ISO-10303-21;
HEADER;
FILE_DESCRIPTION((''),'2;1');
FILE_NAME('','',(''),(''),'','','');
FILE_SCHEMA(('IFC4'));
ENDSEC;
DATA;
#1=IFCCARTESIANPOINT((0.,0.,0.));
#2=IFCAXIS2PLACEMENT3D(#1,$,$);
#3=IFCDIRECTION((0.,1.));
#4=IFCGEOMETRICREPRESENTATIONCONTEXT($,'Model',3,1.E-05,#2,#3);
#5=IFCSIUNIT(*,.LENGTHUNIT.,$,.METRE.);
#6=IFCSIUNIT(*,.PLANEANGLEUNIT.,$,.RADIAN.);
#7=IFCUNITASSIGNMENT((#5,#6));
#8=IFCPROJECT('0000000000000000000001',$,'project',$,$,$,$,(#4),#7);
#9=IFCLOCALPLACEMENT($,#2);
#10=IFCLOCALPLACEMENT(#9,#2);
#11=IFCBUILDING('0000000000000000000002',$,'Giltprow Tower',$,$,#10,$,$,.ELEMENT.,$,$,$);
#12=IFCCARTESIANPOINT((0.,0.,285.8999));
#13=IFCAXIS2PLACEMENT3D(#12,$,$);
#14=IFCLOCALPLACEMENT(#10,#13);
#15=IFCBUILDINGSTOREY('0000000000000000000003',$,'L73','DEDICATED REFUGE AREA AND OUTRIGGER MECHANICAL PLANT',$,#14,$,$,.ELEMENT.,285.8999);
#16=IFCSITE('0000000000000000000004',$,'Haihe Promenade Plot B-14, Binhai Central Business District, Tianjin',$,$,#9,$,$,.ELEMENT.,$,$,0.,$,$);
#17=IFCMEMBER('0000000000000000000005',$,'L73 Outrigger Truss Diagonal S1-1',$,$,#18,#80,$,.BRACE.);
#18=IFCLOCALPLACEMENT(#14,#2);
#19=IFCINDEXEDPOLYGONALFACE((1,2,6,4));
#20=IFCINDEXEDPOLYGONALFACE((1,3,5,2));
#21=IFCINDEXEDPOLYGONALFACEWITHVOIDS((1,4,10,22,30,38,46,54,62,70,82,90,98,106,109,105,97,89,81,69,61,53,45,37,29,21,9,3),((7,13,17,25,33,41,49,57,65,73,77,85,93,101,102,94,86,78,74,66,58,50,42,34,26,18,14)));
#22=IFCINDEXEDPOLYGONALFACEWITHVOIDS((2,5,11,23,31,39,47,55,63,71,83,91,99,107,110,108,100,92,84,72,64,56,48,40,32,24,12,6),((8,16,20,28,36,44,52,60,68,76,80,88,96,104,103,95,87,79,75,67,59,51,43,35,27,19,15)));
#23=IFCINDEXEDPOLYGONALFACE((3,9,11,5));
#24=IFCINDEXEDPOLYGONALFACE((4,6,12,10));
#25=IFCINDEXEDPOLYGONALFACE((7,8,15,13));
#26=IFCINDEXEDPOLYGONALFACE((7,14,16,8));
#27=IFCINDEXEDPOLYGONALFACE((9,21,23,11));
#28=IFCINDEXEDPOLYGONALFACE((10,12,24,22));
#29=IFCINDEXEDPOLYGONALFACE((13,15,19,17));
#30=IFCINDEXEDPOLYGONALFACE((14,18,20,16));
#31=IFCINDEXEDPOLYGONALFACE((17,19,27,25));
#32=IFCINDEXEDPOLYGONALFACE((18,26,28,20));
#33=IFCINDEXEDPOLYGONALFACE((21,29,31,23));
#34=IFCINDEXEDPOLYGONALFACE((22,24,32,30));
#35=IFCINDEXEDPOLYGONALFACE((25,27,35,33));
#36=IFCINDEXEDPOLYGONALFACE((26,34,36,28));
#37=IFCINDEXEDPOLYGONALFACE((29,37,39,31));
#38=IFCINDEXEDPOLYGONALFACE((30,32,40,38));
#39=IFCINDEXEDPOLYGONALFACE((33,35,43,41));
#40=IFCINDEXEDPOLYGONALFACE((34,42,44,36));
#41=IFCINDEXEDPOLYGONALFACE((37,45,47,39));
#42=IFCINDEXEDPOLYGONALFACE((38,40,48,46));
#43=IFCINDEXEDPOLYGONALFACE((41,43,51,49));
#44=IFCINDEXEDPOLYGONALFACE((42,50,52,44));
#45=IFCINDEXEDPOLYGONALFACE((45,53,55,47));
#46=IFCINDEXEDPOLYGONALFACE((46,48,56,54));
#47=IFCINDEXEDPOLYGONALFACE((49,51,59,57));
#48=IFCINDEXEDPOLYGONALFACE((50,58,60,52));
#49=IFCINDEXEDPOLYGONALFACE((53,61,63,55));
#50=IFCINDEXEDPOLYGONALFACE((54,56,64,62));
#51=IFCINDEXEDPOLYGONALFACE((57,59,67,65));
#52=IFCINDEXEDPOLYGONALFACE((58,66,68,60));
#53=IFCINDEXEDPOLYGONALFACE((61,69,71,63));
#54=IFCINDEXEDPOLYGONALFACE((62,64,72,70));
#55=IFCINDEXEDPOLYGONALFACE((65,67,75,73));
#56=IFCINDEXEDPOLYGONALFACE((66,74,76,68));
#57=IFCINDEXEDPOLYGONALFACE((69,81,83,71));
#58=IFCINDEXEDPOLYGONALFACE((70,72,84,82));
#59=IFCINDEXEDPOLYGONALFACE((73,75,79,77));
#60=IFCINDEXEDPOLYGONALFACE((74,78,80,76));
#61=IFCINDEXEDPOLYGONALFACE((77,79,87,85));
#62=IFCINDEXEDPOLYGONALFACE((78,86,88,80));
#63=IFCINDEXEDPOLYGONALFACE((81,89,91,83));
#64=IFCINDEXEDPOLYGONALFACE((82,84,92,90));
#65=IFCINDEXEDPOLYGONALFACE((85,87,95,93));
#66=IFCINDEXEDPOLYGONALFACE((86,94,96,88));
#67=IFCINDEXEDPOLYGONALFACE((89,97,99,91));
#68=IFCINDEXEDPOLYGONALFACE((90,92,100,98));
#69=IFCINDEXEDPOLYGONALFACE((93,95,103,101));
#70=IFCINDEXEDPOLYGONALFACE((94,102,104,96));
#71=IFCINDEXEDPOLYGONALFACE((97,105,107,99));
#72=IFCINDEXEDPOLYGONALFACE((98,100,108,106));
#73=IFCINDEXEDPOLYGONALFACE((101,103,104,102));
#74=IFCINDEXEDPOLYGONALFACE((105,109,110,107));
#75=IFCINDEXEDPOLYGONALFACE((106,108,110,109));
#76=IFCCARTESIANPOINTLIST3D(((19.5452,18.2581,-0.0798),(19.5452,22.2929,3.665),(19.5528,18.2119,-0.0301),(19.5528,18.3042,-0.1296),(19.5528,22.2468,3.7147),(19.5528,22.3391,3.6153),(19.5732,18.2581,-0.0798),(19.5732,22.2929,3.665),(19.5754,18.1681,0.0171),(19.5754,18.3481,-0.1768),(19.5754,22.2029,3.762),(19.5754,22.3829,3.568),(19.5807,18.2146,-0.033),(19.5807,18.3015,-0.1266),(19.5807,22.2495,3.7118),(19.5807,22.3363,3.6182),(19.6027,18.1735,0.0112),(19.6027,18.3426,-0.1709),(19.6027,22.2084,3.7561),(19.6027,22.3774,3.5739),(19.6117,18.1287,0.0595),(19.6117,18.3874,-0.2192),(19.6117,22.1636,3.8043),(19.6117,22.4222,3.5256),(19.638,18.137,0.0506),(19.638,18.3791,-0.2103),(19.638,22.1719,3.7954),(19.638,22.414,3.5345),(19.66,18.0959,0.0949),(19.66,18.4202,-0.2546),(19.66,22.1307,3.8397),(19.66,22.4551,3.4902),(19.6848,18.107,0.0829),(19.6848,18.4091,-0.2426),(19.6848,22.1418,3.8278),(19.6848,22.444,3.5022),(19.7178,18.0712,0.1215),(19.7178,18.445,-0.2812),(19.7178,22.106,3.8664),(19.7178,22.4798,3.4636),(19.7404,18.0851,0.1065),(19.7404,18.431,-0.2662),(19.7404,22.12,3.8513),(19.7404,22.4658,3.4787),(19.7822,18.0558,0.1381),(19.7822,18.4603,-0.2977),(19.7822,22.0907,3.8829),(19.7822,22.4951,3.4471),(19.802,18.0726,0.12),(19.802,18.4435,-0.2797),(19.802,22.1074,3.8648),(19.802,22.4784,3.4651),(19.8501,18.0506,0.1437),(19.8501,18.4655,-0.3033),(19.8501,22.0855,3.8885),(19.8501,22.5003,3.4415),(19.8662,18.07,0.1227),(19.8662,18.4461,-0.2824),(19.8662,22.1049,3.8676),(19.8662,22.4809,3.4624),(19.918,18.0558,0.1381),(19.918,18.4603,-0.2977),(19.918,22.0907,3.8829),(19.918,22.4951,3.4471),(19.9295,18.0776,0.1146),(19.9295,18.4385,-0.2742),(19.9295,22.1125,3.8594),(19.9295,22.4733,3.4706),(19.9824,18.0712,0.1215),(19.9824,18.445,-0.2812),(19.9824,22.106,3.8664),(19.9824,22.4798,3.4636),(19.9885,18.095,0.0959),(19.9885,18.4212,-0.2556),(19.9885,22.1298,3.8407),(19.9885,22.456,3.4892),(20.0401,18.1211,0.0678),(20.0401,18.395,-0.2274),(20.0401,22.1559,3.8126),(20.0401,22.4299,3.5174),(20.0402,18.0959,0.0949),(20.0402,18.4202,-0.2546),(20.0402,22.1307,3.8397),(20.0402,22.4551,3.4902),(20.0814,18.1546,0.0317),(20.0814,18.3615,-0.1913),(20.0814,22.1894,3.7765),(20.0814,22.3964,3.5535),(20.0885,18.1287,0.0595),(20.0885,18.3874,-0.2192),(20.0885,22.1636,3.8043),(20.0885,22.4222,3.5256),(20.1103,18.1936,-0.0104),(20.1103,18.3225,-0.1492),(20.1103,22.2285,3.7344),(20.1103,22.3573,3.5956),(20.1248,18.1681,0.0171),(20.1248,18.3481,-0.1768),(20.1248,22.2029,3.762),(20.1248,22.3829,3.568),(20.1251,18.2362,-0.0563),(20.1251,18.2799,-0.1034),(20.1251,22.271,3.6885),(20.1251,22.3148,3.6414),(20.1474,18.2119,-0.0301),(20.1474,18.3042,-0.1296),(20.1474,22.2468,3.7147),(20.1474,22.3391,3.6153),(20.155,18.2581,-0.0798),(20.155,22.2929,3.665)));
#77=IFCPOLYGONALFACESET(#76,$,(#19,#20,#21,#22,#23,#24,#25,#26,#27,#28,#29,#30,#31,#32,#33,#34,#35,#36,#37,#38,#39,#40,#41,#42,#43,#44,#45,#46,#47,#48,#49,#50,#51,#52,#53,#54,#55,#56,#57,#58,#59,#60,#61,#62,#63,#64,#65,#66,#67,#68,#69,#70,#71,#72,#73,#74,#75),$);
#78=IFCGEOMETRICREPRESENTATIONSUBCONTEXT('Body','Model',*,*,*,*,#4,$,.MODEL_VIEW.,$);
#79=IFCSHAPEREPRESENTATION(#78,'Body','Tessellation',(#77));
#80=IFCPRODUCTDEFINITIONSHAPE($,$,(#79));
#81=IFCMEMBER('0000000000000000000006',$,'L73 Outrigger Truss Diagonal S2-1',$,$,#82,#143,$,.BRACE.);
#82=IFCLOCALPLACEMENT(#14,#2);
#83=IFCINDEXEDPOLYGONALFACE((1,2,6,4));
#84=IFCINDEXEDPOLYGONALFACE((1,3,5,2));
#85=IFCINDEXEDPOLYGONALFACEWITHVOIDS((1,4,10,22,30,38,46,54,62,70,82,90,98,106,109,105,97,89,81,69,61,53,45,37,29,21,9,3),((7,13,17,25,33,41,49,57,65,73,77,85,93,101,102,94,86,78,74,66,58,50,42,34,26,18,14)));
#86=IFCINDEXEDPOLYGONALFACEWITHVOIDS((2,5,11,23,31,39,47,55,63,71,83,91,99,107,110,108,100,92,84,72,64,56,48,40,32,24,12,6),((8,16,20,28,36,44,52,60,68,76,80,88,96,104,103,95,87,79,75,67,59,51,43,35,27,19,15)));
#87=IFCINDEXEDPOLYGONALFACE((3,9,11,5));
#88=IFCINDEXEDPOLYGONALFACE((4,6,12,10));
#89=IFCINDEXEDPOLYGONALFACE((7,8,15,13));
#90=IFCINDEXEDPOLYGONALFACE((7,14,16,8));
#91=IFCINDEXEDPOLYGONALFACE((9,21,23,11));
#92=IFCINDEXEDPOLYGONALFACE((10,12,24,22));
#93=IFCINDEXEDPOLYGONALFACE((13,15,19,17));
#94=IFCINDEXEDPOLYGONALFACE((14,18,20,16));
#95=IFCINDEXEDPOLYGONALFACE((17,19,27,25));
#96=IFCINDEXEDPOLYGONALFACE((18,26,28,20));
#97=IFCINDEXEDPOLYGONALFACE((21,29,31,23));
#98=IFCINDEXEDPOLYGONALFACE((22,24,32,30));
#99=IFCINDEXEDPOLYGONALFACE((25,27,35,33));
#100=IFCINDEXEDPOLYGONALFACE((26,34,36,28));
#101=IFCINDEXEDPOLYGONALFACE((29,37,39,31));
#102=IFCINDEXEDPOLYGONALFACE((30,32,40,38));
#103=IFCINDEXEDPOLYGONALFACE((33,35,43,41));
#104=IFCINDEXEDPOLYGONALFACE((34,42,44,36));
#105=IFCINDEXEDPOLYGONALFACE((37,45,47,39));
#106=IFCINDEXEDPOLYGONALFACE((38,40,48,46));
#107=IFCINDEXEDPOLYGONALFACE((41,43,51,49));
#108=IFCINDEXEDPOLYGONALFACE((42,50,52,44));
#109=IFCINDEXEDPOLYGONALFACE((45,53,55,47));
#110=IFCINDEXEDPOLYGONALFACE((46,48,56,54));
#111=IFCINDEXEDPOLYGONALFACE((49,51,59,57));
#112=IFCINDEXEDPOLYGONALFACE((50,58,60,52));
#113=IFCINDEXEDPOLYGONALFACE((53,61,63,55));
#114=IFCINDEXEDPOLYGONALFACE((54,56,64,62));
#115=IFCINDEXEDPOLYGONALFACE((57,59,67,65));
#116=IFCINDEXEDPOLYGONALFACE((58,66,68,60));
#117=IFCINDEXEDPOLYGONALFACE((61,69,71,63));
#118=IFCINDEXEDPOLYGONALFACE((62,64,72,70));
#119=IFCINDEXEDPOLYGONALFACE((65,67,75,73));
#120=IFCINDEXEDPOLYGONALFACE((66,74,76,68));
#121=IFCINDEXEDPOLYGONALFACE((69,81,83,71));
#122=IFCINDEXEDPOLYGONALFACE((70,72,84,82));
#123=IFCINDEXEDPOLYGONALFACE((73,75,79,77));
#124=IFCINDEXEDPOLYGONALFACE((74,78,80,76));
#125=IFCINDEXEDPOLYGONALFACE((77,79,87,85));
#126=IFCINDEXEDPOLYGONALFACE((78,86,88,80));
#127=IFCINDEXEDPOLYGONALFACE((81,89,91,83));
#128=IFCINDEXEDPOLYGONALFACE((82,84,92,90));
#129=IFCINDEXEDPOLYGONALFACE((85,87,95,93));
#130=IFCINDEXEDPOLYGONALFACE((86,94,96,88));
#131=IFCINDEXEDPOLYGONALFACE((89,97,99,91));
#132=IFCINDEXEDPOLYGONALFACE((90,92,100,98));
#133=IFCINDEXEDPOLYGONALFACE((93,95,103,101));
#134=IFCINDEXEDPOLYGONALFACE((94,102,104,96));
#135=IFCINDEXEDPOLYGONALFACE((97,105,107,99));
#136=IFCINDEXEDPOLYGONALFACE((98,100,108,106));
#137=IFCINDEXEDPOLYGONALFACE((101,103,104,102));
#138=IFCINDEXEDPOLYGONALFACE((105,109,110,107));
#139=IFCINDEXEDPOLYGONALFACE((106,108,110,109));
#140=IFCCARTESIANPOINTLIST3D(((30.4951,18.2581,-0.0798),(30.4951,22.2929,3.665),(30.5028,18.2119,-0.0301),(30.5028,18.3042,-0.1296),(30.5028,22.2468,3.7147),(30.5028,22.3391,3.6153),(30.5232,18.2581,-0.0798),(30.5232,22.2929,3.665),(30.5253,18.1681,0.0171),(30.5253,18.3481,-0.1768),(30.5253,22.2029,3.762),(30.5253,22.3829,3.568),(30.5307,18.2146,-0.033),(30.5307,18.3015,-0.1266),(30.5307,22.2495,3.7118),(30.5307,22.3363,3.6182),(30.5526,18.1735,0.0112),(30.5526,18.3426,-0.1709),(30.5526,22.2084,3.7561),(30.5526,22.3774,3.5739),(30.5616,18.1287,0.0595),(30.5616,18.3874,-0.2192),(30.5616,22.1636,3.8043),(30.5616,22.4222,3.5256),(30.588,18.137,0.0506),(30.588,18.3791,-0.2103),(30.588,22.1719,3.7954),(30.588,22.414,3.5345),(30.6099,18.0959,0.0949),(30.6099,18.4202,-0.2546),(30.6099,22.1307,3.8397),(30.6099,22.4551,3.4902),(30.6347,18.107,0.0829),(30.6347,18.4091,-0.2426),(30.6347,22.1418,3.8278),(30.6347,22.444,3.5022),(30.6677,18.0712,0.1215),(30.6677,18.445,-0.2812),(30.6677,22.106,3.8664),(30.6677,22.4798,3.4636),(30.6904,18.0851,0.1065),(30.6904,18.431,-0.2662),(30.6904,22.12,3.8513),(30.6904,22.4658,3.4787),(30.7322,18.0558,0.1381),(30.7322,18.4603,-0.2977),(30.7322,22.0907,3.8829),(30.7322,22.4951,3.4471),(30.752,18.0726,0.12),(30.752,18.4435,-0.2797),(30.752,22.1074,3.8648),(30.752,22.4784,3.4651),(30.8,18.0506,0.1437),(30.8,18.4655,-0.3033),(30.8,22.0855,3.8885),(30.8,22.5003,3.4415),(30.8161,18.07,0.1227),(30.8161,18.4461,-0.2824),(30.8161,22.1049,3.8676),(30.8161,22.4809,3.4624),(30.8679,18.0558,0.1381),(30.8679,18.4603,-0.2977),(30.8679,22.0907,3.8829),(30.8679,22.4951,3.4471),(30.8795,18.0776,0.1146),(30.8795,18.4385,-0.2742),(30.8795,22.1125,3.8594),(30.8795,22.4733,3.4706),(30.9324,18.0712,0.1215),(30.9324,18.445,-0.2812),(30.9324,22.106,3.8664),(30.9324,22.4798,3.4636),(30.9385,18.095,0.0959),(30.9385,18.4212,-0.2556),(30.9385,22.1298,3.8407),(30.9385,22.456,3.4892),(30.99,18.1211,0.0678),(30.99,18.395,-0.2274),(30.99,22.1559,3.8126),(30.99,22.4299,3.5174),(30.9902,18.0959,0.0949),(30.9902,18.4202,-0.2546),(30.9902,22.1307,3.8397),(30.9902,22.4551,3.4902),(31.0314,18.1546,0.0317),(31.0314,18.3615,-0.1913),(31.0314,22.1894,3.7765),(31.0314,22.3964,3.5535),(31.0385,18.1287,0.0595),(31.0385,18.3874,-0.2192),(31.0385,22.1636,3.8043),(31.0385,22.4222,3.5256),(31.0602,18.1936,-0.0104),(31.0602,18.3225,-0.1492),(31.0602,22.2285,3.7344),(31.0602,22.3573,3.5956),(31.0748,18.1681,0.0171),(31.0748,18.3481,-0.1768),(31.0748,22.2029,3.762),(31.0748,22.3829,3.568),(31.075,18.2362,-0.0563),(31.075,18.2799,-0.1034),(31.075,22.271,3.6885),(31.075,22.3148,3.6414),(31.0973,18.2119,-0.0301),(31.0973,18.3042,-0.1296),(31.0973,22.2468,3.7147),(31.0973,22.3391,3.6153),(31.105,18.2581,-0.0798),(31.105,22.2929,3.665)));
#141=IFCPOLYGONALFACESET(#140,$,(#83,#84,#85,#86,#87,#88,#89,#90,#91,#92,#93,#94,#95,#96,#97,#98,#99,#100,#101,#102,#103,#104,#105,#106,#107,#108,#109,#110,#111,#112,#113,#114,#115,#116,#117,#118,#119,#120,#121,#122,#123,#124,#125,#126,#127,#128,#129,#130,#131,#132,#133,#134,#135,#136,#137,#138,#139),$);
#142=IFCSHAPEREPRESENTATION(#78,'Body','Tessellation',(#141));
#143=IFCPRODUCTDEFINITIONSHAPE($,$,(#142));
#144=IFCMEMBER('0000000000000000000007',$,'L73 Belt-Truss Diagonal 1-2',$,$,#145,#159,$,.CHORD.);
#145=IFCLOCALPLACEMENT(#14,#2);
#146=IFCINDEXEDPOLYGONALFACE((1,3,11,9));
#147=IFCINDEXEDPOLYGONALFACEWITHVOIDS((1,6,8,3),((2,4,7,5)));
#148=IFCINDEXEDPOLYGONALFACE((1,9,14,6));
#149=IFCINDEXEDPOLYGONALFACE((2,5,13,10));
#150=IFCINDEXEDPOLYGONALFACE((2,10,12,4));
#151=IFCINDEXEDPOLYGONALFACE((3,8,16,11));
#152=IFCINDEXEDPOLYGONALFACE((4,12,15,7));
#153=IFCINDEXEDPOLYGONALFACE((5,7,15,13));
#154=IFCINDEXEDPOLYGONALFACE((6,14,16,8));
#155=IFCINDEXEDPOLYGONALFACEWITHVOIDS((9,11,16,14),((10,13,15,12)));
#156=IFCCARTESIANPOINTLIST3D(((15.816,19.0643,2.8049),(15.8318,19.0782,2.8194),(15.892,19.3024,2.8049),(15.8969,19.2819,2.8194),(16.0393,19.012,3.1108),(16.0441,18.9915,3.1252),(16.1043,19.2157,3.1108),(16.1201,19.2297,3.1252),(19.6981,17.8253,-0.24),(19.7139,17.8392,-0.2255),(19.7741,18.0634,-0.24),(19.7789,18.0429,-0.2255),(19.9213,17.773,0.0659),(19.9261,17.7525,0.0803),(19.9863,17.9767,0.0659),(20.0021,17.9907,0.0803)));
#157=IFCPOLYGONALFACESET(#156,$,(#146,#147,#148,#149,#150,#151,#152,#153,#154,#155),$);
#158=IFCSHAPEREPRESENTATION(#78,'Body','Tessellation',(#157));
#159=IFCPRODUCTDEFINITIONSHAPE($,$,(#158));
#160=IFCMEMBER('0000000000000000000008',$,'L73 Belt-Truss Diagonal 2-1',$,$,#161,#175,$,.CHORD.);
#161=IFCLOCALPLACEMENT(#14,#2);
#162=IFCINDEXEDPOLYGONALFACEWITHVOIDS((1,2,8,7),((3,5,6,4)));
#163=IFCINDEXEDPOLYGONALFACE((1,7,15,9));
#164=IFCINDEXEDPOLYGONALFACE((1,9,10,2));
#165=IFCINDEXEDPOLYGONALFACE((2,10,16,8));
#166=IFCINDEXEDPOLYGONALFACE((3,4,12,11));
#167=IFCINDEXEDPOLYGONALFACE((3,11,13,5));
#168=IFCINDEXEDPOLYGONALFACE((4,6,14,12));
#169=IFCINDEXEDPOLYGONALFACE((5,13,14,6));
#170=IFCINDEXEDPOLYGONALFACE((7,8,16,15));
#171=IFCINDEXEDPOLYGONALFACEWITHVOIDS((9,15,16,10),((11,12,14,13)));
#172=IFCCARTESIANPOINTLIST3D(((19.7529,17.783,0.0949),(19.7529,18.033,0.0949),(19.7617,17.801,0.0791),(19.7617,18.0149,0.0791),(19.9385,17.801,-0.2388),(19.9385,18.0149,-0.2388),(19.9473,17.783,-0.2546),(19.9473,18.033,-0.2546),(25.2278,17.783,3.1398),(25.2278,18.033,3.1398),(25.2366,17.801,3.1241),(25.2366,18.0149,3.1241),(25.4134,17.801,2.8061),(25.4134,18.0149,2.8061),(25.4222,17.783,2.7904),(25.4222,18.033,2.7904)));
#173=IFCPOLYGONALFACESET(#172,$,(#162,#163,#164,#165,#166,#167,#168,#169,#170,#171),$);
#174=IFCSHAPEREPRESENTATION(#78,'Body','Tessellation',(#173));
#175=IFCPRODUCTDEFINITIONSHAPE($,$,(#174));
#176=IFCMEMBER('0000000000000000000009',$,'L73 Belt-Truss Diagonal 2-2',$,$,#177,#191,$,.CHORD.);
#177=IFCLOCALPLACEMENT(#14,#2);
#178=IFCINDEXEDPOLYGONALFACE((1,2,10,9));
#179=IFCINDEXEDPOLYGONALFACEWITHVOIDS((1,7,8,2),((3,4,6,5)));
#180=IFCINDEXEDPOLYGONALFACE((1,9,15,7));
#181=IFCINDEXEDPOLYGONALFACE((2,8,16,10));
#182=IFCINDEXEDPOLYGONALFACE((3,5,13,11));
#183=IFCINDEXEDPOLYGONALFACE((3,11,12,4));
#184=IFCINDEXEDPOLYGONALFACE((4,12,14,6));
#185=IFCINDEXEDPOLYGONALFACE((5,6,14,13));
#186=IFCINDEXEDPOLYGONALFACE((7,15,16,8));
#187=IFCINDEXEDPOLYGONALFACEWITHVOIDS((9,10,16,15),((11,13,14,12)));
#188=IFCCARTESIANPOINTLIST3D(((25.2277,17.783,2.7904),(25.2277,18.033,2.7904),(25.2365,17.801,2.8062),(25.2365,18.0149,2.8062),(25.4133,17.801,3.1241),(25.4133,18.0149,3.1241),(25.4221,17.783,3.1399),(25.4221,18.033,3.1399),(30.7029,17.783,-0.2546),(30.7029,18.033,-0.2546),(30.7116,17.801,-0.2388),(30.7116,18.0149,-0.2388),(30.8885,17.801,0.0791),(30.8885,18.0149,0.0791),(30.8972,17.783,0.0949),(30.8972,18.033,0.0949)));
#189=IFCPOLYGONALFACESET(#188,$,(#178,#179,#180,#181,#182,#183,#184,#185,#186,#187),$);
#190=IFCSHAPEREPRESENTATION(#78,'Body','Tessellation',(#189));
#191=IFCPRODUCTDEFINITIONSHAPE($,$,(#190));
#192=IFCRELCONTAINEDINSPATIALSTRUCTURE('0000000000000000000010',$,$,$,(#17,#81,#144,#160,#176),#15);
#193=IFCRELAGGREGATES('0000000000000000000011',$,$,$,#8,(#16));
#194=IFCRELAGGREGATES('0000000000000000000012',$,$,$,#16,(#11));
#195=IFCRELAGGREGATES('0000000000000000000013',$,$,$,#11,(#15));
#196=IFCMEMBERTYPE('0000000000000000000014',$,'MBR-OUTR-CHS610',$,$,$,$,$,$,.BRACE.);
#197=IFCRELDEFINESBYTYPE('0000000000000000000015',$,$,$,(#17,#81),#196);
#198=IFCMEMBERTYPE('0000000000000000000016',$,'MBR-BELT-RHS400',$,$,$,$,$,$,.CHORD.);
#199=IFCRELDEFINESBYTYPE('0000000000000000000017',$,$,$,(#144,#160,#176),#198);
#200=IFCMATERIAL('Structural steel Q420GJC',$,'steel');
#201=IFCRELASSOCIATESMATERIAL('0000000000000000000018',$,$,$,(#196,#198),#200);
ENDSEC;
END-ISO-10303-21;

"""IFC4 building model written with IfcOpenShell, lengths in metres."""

from ifc_helpers import new_model, si_unit, direction, frame, origin, origin_2d, place, context, subcontext, project, spatial, hollow_rectangle, hollow_circle, extrude, source, transform, mapped, material, material_profile, profile_set, type_object, element, save


model = new_model("IFC4")

# Units and contexts
model_context = context("Model", 3, precision=1e-05, world=origin(), true_north=direction((0.0, 1.0)))
body_context = subcontext(model_context, "Body", "Model", "MODEL_VIEW")
ifc_project = project(units=[si_unit("LENGTHUNIT", "METRE"), si_unit("PLANEANGLEUNIT", "RADIAN")], contexts=[model_context])

# Site, building, storey
site_placement = place(None, origin())
site = spatial("IfcSite", under=ifc_project, at=site_placement, Name="Haihe Promenade Plot B-14, Binhai Central Business District, Tianjin", CompositionType="ELEMENT", RefElevation=0.0)
building_placement = place(site_placement, origin())
building = spatial("IfcBuilding", under=site, at=building_placement, Name="Giltprow Tower", CompositionType="ELEMENT")
storey_placement = place(building_placement, frame((0.0, 0.0, 285.8999)))
storey = spatial("IfcBuildingStorey", under=building, at=storey_placement, Name="L73", Description="DEDICATED REFUGE AREA AND OUTRIGGER MECHANICAL PLANT", CompositionType="ELEMENT", Elevation=285.8999)

# Shared definitions
ifc_material_1 = material(Name="Structural steel Q420GJC", Category="steel")

# Members
ifc_material_profile_1 = material_profile(ifc_material_1, hollow_circle(Radius=0.3049, WallThickness=0.0281, at=origin_2d()), Name="CHS 610x28")
ifc_profile_set_1 = profile_set([ifc_material_profile_1], Name="Structural steel Q420GJC")
member_type_1 = type_object("IfcMemberType", Name="MBR-OUTR-CHS610", PredefinedType="BRACE", material=ifc_profile_set_1)
shared_shape_1 = source(origin(), body_context, "Body", "SweptSolid", [
    extrude(hollow_circle(Radius=0.3049, WallThickness=0.0281, at=origin_2d()), origin(), (0.0, 0.0, 1.0), 5.5049),
])
for number, where, z_axis, x_axis, name in (
    (1, (19.8501, 18.2581, -0.0798), (0.0, 0.732959, 0.680272), (-1.0, 0.0, 0.0), "L73 Outrigger Truss Diagonal S1-1"),
    (2, (30.8, 18.2581, -0.0798), (0.0, 0.732959, 0.680272), (-1.0, 0.0, 0.0), "L73 Outrigger Truss Diagonal S2-1"),
):
    element("IfcMember", number, at=place(storey_placement, frame(where, z_axis=z_axis, x_axis=x_axis)), inside=storey, type_object=member_type_1, Name=name, PredefinedType="BRACE", context=body_context, shape_type="MappedRepresentation", body=[
        mapped(shared_shape_1, transform((0.0, 0.0, 0.0), x_axis=(1.0, 0.0, 0.0), y_axis=(0.0, 1.0, 0.0), z_axis=(0.0, 0.0, 1.0), scale=1.0)),
    ])
ifc_material_profile_2 = material_profile(ifc_material_1, hollow_rectangle(XDim=0.25, YDim=0.3999, WallThickness=0.0181, at=origin_2d()), Name="RHS 400x250x18")
ifc_profile_set_2 = profile_set([ifc_material_profile_2], Name="Structural steel Q420GJC")
member_type_2 = type_object("IfcMemberType", Name="MBR-BELT-RHS400", PredefinedType="CHORD", material=ifc_profile_set_2)
shared_shape_2 = source(origin(), body_context, "Body", "SweptSolid", [
    extrude(hollow_rectangle(XDim=0.25, YDim=0.3999, WallThickness=0.0181, at=origin_2d()), origin(), (0.0, 0.0, 1.0), 5.0869),
])
member_1_placement = place(storey_placement, frame((19.8501, 17.908, -0.0798), z_axis=(-0.763142, 0.243566, 0.598573), x_axis=(-0.304052, -0.952656, 0.0)))
element("IfcMember", 3, at=member_1_placement, inside=storey, type_object=member_type_2, Name="L73 Belt-Truss Diagonal 1-2", PredefinedType="CHORD", context=body_context, shape_type="MappedRepresentation", body=[
    mapped(shared_shape_2, transform((0.0, 0.0, 0.0), x_axis=(1.0, 0.0, 0.0), y_axis=(0.0, 1.0, 0.0), z_axis=(0.0, 0.0, 1.0), scale=1.0)),
])
shared_shape_3 = source(origin(), body_context, "Body", "SweptSolid", [
    extrude(hollow_rectangle(XDim=0.25, YDim=0.3999, WallThickness=0.0181, at=origin_2d()), origin(), (0.0, 0.0, 1.0), 6.2646),
])
member_2_placement = place(storey_placement, frame((19.8501, 17.908, -0.0798), z_axis=(0.873931, 0.0, 0.48605), x_axis=(0.0, 1.0, 0.0)))
element("IfcMember", 4, at=member_2_placement, inside=storey, type_object=member_type_2, Name="L73 Belt-Truss Diagonal 2-1", PredefinedType="CHORD", context=body_context, shape_type="MappedRepresentation", body=[
    mapped(shared_shape_3, transform((0.0, 0.0, 0.0), x_axis=(1.0, 0.0, 0.0), y_axis=(0.0, 1.0, 0.0), z_axis=(0.0, 0.0, 1.0), scale=1.0)),
])
shared_shape_4 = source(origin(), body_context, "Body", "SweptSolid", [
    extrude(hollow_rectangle(XDim=0.25, YDim=0.3999, WallThickness=0.0181, at=origin_2d()), origin(), (0.0, 0.0, 1.0), 6.2649),
])
member_3_placement = place(storey_placement, frame((30.8, 17.908, -0.0798), z_axis=(-0.87394, 0.0, 0.486033), x_axis=(0.0, -1.0, 0.0)))
element("IfcMember", 5, at=member_3_placement, inside=storey, type_object=member_type_2, Name="L73 Belt-Truss Diagonal 2-2", PredefinedType="CHORD", context=body_context, shape_type="MappedRepresentation", body=[
    mapped(shared_shape_4, transform((0.0, 0.0, 0.0), x_axis=(1.0, 0.0, 0.0), y_axis=(0.0, 1.0, 0.0), z_axis=(0.0, 0.0, 1.0), scale=1.0)),
])

save(model, "model.ifc")
